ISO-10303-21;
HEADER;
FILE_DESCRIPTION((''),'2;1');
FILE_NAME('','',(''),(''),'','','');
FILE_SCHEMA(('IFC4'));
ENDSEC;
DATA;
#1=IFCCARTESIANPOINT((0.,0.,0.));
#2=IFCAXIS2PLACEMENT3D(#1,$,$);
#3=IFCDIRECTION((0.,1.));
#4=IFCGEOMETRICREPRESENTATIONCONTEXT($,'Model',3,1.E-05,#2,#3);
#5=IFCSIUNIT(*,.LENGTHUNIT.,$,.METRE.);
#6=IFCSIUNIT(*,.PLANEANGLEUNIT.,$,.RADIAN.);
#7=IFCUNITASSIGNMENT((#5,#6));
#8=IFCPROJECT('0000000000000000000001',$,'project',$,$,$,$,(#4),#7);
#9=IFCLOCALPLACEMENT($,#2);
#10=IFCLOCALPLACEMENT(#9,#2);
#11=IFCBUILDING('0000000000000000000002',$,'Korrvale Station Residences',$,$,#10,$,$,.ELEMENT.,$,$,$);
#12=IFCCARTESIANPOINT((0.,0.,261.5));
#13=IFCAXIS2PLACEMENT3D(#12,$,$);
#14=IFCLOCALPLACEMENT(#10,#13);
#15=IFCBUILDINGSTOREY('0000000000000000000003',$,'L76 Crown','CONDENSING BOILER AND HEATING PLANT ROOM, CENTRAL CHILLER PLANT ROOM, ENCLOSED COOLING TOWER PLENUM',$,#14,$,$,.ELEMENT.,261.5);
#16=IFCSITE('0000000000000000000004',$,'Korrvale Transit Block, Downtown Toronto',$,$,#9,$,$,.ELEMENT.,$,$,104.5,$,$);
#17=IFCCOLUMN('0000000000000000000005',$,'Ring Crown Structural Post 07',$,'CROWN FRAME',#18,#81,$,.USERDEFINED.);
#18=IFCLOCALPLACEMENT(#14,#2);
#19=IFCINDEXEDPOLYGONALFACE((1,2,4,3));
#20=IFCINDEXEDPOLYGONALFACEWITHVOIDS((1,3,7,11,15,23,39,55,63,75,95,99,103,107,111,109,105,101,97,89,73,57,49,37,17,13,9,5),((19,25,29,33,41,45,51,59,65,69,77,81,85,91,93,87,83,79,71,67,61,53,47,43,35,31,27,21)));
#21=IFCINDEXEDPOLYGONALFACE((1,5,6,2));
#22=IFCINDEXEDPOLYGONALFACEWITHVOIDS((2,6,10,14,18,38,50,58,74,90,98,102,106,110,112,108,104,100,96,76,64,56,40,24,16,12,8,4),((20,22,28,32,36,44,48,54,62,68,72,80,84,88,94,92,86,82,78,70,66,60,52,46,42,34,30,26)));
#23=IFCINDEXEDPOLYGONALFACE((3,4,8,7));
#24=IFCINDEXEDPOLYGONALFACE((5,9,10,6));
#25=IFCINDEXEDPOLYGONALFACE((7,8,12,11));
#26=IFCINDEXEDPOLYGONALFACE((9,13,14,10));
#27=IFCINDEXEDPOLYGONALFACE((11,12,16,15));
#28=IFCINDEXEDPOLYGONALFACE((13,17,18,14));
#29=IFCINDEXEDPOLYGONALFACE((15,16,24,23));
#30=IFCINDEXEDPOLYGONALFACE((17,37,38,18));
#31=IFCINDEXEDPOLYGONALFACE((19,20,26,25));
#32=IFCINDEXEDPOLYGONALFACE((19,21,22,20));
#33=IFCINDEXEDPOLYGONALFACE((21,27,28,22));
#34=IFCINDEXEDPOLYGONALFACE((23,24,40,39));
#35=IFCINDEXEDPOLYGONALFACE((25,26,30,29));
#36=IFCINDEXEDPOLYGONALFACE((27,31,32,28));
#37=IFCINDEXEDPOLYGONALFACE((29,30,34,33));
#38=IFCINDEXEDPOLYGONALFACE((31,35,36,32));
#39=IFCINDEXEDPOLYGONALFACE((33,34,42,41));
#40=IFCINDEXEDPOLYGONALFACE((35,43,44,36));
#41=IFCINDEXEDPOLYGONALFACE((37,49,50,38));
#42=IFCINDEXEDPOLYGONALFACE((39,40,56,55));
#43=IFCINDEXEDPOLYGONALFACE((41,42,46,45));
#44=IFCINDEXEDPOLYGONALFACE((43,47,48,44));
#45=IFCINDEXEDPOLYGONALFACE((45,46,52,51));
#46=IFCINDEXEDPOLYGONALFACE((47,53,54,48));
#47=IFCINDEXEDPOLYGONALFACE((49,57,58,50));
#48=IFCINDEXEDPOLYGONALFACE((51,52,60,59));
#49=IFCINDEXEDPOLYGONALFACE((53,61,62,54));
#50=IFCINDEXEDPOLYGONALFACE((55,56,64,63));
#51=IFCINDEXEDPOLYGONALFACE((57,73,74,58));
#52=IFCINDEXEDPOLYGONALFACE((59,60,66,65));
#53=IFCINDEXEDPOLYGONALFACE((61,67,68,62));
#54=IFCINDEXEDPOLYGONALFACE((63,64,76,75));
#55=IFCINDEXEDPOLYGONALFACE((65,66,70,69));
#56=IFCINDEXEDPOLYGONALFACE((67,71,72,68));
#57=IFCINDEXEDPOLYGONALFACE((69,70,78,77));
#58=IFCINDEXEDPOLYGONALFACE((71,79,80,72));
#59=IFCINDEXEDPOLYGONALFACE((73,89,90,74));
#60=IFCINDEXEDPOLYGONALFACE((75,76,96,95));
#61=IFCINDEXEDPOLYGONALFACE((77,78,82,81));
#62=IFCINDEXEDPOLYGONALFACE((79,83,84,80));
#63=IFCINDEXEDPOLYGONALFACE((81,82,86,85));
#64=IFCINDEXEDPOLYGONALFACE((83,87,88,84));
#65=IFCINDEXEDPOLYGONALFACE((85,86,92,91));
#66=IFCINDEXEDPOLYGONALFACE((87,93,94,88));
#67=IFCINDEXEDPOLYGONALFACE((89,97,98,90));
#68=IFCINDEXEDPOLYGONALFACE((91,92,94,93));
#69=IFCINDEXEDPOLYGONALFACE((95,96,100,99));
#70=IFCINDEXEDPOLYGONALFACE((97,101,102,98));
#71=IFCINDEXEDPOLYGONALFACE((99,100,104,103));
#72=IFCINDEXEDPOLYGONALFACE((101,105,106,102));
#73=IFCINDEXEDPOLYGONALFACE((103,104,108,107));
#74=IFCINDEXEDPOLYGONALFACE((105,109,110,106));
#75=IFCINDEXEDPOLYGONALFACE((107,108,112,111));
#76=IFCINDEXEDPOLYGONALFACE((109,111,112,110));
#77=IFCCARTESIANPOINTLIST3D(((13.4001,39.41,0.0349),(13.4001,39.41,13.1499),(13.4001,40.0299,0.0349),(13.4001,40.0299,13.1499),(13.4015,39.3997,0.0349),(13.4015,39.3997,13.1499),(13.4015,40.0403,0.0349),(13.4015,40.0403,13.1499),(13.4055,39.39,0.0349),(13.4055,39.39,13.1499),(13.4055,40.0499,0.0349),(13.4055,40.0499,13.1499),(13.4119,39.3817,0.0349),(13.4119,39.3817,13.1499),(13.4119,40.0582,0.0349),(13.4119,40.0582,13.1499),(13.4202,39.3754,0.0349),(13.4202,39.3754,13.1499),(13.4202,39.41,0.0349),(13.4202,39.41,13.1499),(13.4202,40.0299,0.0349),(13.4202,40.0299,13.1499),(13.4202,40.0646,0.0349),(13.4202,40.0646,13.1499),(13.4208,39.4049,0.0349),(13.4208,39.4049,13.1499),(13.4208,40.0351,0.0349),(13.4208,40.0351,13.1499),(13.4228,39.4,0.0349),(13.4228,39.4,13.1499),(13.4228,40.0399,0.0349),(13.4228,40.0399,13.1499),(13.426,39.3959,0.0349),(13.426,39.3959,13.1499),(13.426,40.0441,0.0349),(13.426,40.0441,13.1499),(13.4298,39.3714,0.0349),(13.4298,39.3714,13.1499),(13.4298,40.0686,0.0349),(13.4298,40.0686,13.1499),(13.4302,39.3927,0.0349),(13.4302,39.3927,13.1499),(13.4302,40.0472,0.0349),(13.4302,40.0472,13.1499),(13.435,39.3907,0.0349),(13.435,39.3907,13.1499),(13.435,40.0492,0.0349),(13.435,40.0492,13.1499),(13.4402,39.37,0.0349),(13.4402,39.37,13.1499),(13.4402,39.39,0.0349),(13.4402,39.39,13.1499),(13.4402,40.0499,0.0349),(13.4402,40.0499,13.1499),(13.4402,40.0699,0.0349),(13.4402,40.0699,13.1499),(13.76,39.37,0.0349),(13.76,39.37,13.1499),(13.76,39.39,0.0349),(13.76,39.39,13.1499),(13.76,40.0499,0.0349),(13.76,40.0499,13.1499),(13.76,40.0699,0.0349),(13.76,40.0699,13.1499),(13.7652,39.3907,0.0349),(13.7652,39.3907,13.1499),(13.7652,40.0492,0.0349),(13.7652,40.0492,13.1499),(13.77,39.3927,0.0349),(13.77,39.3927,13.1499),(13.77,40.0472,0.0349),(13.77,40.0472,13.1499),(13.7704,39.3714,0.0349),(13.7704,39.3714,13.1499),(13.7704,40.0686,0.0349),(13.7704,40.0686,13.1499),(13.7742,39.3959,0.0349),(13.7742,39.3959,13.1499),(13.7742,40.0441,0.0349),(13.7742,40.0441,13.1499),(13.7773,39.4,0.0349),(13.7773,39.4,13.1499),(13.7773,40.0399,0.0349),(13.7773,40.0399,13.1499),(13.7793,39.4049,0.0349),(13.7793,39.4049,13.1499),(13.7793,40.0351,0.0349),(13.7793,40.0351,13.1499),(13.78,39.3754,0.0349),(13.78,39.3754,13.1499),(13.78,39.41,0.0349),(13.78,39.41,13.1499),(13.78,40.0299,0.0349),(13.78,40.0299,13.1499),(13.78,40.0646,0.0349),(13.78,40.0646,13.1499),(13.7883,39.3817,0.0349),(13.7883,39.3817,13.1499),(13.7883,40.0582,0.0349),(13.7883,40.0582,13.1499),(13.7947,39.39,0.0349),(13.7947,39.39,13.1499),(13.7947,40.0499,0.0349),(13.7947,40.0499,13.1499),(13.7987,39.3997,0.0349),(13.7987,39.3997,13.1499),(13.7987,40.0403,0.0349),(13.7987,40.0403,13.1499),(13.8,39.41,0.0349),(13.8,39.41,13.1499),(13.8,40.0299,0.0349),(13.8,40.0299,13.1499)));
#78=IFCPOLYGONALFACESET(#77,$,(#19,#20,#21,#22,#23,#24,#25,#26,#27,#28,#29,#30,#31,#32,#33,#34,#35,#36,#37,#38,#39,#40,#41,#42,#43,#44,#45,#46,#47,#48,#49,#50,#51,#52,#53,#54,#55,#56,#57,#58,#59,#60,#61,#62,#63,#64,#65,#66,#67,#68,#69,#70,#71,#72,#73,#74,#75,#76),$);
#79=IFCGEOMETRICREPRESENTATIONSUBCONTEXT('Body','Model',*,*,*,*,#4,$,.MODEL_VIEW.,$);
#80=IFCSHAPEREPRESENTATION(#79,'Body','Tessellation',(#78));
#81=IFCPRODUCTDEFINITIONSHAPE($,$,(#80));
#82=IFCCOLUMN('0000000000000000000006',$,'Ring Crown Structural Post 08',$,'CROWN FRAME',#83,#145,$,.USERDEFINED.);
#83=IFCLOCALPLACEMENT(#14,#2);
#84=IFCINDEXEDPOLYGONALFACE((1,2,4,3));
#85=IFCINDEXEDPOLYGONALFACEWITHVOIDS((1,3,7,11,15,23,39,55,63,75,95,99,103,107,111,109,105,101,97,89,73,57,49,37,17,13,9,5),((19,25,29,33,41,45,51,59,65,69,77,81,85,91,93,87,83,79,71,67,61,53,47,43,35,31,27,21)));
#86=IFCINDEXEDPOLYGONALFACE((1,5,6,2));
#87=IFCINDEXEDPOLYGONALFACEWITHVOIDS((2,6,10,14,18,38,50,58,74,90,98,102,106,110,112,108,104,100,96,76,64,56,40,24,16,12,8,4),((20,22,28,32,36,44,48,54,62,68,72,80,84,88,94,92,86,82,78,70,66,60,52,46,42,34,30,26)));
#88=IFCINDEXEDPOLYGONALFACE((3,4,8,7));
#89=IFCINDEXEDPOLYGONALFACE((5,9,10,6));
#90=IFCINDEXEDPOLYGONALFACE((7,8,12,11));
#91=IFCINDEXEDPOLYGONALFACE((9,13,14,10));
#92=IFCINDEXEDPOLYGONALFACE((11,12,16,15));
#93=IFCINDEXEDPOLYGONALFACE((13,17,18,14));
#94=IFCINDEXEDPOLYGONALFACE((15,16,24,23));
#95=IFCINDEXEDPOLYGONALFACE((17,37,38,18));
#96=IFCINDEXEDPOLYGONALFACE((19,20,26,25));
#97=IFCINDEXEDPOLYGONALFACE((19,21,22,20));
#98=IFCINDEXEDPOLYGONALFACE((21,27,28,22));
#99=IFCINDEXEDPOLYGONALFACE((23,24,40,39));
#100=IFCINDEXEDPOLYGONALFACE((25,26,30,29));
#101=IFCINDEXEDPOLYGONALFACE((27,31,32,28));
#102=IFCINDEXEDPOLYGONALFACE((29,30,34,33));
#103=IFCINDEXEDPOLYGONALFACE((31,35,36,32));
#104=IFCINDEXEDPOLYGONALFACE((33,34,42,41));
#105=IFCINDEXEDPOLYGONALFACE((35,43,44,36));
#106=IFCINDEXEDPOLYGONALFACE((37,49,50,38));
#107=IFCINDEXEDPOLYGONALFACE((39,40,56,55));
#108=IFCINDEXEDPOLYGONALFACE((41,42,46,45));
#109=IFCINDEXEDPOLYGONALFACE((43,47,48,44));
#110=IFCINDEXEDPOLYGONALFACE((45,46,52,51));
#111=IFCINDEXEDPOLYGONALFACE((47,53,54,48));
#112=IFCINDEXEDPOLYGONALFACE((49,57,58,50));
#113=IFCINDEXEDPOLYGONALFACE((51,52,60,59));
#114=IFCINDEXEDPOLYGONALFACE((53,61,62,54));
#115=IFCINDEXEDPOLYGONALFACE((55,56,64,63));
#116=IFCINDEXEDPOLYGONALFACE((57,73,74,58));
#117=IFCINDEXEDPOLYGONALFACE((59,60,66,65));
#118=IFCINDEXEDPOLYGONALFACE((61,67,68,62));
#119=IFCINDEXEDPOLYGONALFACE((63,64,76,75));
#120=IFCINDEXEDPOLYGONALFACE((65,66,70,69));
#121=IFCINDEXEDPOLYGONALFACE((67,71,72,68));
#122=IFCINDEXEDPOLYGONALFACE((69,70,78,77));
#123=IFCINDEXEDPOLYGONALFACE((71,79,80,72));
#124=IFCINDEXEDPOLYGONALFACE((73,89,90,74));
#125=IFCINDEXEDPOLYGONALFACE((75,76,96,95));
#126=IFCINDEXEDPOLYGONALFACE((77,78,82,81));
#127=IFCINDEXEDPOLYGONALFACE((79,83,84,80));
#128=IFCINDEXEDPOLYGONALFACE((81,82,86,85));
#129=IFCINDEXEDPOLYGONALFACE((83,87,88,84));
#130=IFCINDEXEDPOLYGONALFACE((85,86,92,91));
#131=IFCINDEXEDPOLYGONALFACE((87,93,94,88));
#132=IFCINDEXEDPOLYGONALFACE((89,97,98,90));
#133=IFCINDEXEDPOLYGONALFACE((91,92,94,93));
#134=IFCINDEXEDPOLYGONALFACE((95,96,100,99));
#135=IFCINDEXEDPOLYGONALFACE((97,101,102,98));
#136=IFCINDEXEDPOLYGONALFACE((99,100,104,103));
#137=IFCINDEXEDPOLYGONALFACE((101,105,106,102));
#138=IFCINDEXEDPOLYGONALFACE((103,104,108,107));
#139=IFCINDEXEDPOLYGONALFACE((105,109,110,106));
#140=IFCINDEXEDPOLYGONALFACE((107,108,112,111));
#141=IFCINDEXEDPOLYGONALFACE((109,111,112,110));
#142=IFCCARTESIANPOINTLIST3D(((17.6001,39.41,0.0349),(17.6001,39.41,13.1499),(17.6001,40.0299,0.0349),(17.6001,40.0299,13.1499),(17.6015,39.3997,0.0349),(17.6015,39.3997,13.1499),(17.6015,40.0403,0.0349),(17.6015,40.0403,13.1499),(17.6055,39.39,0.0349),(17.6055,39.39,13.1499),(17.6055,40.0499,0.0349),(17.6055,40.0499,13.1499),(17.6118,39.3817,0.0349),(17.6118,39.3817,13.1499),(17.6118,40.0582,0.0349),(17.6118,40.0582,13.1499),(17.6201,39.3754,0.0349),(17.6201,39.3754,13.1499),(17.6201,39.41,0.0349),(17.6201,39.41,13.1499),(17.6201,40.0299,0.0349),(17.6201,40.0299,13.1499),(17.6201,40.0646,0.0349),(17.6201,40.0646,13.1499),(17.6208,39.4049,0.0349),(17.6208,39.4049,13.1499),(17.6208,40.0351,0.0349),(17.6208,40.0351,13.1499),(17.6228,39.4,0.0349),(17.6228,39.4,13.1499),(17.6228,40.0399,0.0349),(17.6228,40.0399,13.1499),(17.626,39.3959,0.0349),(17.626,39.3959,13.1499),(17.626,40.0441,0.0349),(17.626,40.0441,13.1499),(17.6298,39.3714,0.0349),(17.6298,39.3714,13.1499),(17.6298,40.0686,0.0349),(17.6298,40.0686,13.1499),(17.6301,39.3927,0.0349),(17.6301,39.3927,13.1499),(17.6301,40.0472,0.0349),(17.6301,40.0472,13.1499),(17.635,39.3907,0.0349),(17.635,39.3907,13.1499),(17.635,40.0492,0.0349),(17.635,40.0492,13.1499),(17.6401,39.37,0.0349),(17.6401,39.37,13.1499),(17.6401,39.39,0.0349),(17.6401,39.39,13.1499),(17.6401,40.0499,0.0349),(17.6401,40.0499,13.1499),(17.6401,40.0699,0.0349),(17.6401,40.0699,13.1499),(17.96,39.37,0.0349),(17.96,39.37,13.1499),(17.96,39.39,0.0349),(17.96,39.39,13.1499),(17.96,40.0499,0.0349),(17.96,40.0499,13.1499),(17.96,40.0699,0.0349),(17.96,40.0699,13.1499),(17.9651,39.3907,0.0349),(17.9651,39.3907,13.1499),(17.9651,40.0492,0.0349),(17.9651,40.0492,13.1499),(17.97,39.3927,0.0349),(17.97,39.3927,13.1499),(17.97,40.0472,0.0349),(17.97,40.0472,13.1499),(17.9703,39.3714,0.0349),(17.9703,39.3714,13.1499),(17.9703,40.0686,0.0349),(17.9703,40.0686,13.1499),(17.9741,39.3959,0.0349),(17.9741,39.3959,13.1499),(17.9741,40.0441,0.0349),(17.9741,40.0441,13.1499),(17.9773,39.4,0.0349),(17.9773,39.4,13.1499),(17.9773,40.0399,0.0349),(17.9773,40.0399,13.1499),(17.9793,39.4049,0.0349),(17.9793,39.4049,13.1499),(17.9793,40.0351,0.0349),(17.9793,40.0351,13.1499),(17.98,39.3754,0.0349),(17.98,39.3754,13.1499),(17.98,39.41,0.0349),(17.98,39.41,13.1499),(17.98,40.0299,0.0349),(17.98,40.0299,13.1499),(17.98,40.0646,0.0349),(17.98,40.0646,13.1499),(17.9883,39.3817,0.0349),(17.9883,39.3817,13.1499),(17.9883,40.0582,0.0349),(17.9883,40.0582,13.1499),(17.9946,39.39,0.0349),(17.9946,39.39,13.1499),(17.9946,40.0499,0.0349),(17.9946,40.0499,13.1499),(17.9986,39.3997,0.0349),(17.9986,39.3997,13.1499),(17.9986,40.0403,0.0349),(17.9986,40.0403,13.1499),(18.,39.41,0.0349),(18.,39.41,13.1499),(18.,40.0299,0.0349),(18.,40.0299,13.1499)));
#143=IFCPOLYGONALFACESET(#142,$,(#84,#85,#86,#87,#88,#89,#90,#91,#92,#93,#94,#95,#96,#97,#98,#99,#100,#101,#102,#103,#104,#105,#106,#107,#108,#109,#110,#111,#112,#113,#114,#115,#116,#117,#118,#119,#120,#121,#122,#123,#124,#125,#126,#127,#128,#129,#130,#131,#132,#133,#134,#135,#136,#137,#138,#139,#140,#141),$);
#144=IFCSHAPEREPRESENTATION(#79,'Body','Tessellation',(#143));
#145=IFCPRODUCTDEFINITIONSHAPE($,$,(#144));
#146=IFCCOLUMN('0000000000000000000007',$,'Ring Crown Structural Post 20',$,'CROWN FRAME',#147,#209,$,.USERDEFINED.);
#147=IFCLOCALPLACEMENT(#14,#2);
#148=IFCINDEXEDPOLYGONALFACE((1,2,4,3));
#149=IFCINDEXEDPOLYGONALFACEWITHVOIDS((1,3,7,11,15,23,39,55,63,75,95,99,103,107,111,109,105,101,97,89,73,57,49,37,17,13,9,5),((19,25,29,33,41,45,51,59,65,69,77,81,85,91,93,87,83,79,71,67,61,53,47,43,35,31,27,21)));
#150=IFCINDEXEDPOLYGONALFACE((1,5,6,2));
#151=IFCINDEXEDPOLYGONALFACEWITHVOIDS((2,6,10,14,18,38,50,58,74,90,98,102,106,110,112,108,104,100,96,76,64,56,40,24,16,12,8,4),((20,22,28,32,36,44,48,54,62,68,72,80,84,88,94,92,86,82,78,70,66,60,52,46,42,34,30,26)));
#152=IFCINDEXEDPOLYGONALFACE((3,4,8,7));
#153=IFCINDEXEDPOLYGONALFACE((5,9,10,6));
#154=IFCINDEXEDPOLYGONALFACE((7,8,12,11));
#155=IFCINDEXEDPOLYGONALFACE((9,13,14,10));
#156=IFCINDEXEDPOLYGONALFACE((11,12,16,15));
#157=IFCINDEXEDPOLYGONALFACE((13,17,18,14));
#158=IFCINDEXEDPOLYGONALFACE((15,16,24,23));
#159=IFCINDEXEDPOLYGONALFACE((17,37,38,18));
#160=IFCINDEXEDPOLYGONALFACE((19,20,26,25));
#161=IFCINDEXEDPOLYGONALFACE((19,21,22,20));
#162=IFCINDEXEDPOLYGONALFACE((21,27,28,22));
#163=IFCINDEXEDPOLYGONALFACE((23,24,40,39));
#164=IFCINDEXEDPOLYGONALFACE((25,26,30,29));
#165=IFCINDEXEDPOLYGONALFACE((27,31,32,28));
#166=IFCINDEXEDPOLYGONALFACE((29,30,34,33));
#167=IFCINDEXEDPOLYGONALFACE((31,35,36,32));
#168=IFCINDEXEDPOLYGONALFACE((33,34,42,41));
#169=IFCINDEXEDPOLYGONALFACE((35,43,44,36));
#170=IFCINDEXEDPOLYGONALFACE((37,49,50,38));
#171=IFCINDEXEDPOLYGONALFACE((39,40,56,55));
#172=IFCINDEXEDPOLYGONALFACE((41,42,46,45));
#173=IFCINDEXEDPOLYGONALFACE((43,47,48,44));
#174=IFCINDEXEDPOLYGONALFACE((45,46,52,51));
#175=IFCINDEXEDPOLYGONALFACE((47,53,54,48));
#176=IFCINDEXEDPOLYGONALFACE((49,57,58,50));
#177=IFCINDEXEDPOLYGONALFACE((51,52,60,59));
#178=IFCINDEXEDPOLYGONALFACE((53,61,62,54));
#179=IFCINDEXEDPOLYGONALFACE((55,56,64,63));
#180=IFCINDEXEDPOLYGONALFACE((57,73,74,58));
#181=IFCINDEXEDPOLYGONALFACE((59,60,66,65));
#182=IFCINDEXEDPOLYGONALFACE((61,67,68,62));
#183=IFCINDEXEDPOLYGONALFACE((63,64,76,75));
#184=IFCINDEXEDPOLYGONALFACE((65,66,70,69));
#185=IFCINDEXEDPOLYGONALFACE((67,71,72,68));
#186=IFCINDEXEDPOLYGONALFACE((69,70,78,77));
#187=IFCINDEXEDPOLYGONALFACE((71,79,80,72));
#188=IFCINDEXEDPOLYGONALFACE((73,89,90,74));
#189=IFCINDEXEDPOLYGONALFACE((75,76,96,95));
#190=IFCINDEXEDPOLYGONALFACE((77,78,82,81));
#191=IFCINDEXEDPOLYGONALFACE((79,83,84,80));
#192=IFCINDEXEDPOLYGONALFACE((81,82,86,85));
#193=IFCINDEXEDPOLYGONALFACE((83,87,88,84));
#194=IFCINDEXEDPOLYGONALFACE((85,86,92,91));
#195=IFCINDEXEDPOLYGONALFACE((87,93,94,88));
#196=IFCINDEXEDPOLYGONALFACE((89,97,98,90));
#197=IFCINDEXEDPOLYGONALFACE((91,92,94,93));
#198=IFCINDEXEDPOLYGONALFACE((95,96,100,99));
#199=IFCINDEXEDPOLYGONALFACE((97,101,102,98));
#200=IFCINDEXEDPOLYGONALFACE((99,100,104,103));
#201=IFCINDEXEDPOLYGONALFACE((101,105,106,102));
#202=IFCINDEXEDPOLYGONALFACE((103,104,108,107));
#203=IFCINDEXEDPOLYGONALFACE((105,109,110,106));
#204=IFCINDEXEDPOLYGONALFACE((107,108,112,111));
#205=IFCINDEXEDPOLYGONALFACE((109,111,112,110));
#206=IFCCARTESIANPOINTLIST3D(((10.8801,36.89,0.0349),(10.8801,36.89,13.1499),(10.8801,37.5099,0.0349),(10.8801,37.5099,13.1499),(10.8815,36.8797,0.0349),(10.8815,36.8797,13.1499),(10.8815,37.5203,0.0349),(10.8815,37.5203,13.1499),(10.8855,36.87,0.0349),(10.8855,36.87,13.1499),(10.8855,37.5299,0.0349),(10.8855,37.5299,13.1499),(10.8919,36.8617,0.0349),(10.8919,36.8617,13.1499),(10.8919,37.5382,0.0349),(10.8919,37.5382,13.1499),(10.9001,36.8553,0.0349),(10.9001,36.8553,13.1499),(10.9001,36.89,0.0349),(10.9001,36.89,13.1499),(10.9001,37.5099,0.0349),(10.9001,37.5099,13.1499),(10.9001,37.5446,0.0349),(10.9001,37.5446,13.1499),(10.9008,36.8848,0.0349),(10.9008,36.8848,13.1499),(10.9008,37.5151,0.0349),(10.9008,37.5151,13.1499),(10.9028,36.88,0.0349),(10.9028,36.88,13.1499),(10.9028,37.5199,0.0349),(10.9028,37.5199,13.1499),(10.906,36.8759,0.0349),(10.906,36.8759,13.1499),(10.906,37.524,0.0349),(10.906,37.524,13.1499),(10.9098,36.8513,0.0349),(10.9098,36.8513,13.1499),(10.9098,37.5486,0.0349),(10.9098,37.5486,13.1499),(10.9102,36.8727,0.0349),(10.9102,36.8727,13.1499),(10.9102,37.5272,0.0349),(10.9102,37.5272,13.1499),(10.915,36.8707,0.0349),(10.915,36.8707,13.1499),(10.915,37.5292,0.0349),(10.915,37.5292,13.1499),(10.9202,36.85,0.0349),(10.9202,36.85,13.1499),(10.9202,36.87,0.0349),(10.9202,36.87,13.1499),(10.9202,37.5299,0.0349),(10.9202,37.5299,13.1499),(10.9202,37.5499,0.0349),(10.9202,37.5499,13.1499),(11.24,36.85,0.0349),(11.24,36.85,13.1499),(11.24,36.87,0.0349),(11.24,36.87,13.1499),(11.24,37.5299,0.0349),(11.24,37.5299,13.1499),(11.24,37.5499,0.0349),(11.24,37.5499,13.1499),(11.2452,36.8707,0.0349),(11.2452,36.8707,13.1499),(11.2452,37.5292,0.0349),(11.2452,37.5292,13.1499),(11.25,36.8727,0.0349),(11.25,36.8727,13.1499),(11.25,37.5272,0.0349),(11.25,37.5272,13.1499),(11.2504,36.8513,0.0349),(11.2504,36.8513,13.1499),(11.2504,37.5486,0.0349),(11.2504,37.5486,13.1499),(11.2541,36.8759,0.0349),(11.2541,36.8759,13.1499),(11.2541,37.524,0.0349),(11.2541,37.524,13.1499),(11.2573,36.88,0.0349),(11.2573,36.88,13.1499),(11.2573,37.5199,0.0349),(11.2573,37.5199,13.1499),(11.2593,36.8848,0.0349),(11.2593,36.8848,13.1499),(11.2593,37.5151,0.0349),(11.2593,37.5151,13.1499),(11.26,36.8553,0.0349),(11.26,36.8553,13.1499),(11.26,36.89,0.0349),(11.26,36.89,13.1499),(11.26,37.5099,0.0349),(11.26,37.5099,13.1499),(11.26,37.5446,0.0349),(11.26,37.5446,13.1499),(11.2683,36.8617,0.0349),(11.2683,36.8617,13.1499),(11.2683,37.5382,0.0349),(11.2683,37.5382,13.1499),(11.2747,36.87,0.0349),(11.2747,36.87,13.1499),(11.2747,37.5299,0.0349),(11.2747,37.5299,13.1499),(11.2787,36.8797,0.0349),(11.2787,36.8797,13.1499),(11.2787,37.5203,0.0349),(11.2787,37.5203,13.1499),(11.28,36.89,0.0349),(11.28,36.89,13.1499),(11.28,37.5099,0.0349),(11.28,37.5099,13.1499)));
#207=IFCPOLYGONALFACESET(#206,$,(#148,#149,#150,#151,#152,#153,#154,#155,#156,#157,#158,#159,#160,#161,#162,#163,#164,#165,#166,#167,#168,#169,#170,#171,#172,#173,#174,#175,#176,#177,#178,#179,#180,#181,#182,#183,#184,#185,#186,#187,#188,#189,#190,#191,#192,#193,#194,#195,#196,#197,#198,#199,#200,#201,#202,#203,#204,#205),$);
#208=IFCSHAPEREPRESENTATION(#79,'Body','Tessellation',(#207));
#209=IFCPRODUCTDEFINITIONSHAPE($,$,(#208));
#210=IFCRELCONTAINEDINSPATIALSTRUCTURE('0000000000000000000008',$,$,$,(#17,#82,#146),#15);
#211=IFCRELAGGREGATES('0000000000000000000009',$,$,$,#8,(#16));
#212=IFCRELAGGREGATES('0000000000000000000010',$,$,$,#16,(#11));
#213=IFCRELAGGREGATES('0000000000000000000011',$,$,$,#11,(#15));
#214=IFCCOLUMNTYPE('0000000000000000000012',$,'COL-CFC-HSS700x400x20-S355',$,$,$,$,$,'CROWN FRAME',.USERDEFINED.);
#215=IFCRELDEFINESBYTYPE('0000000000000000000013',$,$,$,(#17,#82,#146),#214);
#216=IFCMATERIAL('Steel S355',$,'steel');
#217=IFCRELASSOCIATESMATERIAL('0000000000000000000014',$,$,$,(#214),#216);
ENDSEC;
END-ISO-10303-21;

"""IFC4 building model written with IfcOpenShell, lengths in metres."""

from ifc_helpers import new_model, si_unit, direction, frame, origin, origin_2d, place, context, subcontext, project, spatial, hollow_rectangle, extrude, material, material_profile, profile_set, type_object, element, save


model = new_model("IFC4")

# Units and contexts
model_context = context("Model", 3, precision=1e-05, world=origin(), true_north=direction((0.0, 1.0)))
body_context = subcontext(model_context, "Body", "Model", "MODEL_VIEW")
ifc_project = project(units=[si_unit("LENGTHUNIT", "METRE"), si_unit("PLANEANGLEUNIT", "RADIAN")], contexts=[model_context])

# Site, building, storey
site_placement = place(None, origin())
site = spatial("IfcSite", under=ifc_project, at=site_placement, Name="Korrvale Transit Block, Downtown Toronto", CompositionType="ELEMENT", RefElevation=104.5)
building_placement = place(site_placement, origin())
building = spatial("IfcBuilding", under=site, at=building_placement, Name="Korrvale Station Residences", CompositionType="ELEMENT")
storey_placement = place(building_placement, frame((0.0, 0.0, 261.5)))
storey = spatial("IfcBuildingStorey", under=building, at=storey_placement, Name="L76 Crown", Description="CONDENSING BOILER AND HEATING PLANT ROOM, CENTRAL CHILLER PLANT ROOM, ENCLOSED COOLING TOWER PLENUM", CompositionType="ELEMENT", Elevation=261.5)

# Columns
ifc_material_1 = material(Name="Steel S355", Category="steel")
ifc_material_profile_1 = material_profile(ifc_material_1, hollow_rectangle(XDim=0.3999, YDim=0.7, WallThickness=0.02, InnerFilletRadius=0.02, OuterFilletRadius=0.04, at=origin_2d()), Name="HSS700x400x20")
ifc_profile_set_1 = profile_set([ifc_material_profile_1], Name="Steel S355")
column_type = type_object("IfcColumnType", Name="COL-CFC-HSS700x400x20-S355", ElementType="CROWN FRAME", PredefinedType="USERDEFINED", material=ifc_profile_set_1)
for number, where, z_axis, x_axis, name in (
    (1, (13.6001, 39.72, 0.0349), (0.0, 0.0, 1.0), (1.0, 0.0, 0.0), "Ring Crown Structural Post 07"),
    (2, (17.8, 39.72, 0.0349), (0.0, 0.0, 1.0), (1.0, 0.0, 0.0), "Ring Crown Structural Post 08"),
    (3, (11.0801, 37.2, 0.0349), (0.0, 0.0, 1.0), (1.0, 0.0, 0.0), "Ring Crown Structural Post 20"),
):
    element("IfcColumn", number, at=place(storey_placement, frame(where, z_axis=z_axis, x_axis=x_axis)), inside=storey, type_object=column_type, Name=name, ObjectType="CROWN FRAME", PredefinedType="USERDEFINED", context=body_context, shape_type="SweptSolid", body=[
        extrude(hollow_rectangle(XDim=0.3999, YDim=0.7, WallThickness=0.02, InnerFilletRadius=0.02, OuterFilletRadius=0.04, at=origin_2d()), origin(), (0.0, 0.0, 1.0), 13.115),
    ])

save(model, "model.ifc")
